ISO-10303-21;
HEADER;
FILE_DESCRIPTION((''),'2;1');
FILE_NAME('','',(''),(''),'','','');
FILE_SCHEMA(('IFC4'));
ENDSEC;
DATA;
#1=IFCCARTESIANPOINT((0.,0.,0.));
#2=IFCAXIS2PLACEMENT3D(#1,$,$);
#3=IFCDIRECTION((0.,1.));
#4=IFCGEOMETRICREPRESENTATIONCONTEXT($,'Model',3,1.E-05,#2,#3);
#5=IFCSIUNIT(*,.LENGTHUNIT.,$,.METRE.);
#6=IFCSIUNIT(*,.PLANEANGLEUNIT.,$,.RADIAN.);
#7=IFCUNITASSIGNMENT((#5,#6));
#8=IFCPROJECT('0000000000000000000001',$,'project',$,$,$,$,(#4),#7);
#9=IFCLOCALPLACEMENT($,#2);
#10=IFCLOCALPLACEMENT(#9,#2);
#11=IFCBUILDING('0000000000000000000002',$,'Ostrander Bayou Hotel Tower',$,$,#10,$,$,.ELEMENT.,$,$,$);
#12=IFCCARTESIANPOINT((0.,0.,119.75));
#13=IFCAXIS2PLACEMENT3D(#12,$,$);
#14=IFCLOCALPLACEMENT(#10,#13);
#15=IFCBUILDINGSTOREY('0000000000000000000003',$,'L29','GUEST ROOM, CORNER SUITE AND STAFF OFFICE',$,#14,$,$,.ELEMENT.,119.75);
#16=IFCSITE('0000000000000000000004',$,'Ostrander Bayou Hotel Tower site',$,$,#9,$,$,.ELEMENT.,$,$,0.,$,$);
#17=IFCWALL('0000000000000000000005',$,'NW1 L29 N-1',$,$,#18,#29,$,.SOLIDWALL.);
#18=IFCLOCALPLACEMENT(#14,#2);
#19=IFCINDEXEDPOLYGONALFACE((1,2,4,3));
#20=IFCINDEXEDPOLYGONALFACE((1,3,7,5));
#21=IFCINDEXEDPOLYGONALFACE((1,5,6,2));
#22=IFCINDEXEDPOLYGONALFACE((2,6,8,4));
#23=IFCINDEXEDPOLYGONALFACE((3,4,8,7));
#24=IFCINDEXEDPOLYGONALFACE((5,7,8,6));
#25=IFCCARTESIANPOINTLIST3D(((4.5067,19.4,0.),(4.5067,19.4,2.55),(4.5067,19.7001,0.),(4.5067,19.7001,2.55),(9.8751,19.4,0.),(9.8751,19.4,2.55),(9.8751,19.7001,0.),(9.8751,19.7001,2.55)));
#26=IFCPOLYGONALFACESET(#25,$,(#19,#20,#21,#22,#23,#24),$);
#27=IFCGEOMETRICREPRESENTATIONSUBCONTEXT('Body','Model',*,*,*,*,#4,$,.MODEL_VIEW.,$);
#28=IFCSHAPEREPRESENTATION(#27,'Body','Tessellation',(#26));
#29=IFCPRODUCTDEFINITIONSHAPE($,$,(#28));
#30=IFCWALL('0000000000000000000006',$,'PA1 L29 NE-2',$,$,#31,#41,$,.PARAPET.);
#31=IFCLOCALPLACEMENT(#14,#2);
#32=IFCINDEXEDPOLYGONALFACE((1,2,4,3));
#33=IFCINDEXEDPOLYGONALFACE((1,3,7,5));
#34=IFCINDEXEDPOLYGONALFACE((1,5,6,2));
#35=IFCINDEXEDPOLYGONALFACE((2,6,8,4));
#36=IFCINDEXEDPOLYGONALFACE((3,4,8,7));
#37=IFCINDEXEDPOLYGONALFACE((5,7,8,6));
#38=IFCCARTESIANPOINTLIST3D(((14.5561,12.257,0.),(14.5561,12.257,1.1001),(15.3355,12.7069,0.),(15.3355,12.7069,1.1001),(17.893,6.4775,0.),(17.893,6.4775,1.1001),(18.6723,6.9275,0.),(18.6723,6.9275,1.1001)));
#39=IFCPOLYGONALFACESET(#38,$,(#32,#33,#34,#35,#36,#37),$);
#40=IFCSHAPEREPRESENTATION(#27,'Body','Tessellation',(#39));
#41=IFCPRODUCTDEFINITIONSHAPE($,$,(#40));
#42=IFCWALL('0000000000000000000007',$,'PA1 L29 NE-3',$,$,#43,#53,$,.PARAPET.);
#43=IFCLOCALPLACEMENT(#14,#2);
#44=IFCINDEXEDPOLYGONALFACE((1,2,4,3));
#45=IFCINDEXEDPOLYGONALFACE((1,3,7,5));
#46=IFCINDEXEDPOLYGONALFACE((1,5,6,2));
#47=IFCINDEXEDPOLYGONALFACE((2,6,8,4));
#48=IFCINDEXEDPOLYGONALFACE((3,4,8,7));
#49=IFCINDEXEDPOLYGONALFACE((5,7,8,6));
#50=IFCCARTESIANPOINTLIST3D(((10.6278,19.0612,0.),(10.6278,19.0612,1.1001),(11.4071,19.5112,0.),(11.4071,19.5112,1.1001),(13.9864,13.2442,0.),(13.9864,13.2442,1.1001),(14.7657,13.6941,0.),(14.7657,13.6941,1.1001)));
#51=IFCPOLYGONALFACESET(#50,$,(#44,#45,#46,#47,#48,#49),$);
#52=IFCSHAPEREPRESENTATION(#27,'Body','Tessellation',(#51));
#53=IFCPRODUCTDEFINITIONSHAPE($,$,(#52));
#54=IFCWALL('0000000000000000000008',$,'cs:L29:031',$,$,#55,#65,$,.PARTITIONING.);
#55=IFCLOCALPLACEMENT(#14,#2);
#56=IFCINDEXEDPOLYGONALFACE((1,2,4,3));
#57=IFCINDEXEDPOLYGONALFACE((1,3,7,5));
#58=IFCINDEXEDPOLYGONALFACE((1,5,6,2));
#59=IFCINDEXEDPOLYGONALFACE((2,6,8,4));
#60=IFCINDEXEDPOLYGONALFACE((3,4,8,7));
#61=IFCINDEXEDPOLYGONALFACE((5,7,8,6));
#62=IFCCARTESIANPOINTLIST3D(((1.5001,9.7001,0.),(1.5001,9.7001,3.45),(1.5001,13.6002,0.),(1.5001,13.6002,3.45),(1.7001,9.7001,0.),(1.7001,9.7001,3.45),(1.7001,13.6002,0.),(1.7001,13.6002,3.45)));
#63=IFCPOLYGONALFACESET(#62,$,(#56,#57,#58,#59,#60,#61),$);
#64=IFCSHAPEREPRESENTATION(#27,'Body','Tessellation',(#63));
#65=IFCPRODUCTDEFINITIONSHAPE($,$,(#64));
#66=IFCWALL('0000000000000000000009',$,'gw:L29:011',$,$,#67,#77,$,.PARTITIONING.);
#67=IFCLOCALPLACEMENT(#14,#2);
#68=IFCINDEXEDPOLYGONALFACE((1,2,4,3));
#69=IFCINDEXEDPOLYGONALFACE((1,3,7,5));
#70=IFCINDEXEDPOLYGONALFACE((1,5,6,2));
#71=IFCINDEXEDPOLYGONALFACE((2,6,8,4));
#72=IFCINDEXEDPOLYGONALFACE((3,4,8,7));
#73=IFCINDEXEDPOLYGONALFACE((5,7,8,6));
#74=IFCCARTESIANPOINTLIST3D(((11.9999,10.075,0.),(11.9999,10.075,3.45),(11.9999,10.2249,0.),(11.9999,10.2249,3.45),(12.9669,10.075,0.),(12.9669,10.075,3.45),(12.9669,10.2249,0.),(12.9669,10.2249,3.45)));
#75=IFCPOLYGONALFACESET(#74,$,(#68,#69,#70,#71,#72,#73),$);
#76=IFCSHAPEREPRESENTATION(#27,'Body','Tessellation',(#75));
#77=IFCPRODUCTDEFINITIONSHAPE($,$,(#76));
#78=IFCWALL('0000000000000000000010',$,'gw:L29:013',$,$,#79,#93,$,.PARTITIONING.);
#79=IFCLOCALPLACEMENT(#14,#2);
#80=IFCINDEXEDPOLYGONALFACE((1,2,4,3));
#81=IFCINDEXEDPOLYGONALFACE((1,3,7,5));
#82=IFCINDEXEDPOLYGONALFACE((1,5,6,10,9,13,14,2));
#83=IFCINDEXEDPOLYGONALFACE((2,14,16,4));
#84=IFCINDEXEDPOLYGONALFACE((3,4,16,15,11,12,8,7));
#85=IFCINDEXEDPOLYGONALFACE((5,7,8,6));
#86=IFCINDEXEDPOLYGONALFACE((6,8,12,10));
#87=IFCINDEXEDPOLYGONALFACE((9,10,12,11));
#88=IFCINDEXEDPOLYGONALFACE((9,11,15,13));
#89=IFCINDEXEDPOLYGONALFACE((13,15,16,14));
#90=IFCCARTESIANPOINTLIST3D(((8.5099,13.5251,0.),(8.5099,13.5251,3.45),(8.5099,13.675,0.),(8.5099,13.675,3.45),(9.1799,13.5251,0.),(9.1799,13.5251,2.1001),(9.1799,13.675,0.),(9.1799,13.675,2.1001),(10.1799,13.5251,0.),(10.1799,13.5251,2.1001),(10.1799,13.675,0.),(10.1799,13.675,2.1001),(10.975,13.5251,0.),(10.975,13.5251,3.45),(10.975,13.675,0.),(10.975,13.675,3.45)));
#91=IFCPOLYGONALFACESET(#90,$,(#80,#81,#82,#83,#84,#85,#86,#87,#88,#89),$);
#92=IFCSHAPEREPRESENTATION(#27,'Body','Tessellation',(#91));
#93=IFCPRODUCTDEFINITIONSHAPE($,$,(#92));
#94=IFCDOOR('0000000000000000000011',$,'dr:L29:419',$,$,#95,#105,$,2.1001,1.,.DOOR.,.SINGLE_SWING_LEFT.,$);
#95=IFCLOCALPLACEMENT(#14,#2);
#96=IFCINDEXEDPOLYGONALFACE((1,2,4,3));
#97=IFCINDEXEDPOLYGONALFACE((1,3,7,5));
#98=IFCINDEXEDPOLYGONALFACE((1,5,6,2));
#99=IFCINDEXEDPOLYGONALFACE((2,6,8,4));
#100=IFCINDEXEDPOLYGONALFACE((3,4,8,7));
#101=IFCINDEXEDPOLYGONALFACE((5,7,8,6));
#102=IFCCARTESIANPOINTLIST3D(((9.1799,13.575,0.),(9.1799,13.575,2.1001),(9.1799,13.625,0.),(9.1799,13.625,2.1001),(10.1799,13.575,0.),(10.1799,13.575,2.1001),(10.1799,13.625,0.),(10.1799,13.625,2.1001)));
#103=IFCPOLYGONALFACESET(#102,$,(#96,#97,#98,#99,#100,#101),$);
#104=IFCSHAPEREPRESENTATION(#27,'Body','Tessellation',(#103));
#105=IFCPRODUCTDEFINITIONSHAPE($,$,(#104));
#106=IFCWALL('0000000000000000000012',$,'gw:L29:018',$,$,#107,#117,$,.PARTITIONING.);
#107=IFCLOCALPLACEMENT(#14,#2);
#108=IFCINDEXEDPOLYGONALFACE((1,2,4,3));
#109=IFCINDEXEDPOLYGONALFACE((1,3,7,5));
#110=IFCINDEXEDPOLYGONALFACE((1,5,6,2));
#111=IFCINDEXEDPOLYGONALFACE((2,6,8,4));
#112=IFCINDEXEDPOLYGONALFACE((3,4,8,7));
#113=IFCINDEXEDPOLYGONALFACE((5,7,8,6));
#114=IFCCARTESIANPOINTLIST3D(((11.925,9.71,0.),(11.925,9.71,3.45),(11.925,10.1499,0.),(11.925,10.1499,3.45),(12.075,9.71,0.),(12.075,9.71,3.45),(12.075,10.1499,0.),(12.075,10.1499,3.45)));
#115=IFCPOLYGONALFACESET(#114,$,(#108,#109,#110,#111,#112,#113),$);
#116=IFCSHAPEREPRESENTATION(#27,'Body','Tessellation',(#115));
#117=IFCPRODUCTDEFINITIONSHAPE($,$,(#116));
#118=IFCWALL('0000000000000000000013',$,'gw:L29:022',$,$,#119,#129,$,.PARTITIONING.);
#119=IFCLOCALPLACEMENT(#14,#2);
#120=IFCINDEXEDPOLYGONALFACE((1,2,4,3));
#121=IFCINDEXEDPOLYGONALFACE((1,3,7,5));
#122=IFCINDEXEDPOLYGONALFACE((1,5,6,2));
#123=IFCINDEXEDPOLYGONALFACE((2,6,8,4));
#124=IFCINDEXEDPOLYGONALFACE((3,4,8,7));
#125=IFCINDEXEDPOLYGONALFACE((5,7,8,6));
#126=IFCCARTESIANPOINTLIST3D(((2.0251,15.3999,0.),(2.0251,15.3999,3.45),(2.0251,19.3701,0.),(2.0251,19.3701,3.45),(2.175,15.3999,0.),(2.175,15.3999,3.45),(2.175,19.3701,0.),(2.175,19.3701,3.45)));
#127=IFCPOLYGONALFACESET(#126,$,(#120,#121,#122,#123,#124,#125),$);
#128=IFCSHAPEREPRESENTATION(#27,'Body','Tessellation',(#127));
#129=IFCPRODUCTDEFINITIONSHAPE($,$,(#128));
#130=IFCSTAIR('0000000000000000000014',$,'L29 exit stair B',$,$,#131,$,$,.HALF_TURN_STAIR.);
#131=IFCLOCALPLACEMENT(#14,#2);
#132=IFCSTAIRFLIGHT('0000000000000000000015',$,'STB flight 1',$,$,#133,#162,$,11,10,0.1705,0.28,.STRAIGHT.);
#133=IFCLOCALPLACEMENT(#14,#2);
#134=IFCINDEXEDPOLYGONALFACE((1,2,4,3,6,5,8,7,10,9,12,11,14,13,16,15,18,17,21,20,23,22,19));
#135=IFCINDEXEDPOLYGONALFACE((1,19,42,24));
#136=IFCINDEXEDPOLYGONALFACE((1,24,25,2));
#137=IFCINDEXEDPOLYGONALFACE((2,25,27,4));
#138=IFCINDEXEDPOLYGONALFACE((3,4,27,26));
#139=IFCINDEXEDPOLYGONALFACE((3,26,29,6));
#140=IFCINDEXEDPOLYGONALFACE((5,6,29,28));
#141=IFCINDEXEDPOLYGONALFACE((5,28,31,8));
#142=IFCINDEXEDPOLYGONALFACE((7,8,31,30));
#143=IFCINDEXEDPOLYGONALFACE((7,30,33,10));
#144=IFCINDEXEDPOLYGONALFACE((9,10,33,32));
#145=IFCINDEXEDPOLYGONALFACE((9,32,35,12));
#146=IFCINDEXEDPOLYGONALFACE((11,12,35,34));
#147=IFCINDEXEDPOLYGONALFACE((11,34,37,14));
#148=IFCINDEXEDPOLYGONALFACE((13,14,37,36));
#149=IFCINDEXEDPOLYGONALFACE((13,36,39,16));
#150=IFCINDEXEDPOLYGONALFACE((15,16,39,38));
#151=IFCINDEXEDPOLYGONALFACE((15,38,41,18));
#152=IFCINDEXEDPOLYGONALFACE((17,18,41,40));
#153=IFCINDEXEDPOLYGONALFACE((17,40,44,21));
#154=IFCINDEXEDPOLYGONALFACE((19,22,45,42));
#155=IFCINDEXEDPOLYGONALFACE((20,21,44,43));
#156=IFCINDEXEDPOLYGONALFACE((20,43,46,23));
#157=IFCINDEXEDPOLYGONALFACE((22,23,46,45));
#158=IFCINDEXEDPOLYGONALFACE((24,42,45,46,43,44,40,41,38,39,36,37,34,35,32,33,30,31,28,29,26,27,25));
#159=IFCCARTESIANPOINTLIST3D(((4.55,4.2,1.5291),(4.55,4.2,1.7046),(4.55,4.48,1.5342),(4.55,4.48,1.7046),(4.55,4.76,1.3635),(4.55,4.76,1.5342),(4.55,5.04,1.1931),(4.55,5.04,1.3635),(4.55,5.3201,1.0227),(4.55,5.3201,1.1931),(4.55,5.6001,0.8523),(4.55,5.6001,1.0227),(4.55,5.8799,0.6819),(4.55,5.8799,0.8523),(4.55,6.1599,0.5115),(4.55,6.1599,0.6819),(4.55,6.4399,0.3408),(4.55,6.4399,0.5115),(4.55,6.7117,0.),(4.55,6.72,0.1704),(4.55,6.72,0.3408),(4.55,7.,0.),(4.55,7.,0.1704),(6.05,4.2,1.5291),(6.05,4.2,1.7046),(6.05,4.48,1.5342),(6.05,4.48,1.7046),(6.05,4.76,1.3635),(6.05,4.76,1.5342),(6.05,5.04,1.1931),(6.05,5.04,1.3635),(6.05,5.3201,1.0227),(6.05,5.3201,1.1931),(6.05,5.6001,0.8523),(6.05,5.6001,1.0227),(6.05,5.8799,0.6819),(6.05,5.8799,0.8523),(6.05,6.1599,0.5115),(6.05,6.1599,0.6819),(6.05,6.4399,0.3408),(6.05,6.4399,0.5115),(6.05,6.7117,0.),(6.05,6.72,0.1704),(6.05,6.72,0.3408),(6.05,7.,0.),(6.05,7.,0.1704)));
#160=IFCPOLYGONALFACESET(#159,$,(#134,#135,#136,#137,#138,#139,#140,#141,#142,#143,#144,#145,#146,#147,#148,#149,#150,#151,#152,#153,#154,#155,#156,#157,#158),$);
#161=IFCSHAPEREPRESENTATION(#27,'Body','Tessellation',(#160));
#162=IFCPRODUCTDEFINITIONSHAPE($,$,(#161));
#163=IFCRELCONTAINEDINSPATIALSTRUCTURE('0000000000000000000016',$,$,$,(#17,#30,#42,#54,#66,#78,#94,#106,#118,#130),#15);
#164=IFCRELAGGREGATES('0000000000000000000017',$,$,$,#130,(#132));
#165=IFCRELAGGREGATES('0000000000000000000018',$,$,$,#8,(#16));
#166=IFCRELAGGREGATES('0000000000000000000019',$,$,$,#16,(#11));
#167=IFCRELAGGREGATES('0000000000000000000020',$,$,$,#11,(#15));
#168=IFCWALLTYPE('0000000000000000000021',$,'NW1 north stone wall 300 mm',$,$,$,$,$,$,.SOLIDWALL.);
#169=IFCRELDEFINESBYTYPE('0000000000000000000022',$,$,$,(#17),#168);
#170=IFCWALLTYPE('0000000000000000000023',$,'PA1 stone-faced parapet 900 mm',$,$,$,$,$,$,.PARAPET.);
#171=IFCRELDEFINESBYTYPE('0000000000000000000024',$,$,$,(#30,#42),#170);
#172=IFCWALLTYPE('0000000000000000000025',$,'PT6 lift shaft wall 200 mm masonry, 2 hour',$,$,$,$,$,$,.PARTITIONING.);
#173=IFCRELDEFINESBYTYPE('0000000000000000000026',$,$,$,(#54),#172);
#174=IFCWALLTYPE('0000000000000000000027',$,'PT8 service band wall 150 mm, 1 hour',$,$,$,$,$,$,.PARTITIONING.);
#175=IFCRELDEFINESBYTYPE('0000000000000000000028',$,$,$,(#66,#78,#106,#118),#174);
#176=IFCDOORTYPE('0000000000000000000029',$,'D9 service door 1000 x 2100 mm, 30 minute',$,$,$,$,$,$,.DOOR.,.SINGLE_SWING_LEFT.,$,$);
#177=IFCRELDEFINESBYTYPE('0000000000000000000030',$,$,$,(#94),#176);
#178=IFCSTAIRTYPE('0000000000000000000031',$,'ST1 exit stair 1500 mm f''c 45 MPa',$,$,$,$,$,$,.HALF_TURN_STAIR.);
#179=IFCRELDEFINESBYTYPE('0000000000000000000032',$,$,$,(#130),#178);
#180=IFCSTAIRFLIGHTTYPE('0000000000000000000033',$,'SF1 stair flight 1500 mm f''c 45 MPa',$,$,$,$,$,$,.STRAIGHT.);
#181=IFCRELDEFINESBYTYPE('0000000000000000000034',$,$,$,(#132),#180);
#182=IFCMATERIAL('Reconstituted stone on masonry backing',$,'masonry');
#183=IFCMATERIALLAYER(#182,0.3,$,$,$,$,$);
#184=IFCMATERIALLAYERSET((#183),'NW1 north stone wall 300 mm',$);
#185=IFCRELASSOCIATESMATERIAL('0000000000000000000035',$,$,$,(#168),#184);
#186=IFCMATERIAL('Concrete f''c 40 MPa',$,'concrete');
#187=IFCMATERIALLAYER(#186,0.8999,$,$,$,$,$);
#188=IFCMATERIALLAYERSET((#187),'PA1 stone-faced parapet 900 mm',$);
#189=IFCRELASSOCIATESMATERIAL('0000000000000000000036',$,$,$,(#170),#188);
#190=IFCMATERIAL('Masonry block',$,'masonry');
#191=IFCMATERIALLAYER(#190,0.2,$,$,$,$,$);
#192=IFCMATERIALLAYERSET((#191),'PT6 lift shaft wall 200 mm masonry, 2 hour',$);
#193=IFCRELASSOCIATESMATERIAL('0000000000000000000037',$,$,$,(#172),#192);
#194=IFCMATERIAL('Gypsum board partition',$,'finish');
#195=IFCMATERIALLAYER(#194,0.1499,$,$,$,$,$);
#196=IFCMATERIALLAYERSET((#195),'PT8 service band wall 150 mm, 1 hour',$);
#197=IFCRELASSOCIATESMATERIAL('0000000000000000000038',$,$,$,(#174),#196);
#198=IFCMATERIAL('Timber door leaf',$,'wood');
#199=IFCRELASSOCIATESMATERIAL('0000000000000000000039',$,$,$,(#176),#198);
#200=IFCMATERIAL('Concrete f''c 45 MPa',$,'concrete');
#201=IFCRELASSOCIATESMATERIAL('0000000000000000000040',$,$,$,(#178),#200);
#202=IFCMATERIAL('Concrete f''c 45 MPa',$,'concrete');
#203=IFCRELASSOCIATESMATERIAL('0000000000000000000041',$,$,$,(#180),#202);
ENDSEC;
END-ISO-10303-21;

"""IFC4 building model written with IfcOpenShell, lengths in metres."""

from ifc_helpers import new_model, si_unit, direction, frame, frame_2d, origin, place, context, subcontext, project, spatial, polyline, rectangle, outline, extrude, material, layer, layer_set, type_object, element, fill, aggregate, save


model = new_model("IFC4")

# Units and contexts
model_context = context("Model", 3, precision=1e-05, world=origin(), true_north=direction((0.0, 1.0)))
body_context = subcontext(model_context, "Body", "Model", "MODEL_VIEW")
ifc_project = project(units=[si_unit("LENGTHUNIT", "METRE"), si_unit("PLANEANGLEUNIT", "RADIAN")], contexts=[model_context])

# Site, building, storey
site_placement = place(None, origin())
site = spatial("IfcSite", under=ifc_project, at=site_placement, Name="Ostrander Bayou Hotel Tower site", CompositionType="ELEMENT", RefElevation=0.0)
building_placement = place(site_placement, origin())
building = spatial("IfcBuilding", under=site, at=building_placement, Name="Ostrander Bayou Hotel Tower", CompositionType="ELEMENT")
storey_placement = place(building_placement, frame((0.0, 0.0, 119.75)))
storey = spatial("IfcBuildingStorey", under=building, at=storey_placement, Name="L29", Description="GUEST ROOM, CORNER SUITE AND STAFF OFFICE", CompositionType="ELEMENT", Elevation=119.75)

# Wall
ifc_material_1 = material(Name="Reconstituted stone on masonry backing", Category="masonry")
ifc_layer_1 = layer(ifc_material_1, 0.3)
ifc_layer_set_1 = layer_set([ifc_layer_1], Name="NW1 north stone wall 300 mm")
wall_type_1 = type_object("IfcWallType", Name="NW1 north stone wall 300 mm", PredefinedType="SOLIDWALL", material=ifc_layer_set_1)
wall_1_placement = place(storey_placement, frame((9.875, 19.55, 0.0), z_axis=(0.0, 0.0, 1.0), x_axis=(-1.0, 0.0, 0.0)))
element("IfcWall", 1, at=wall_1_placement, inside=storey, type_object=wall_type_1, Name="NW1 L29 N-1", PredefinedType="SOLIDWALL", context=body_context, shape_type="SweptSolid", body=[
    extrude(rectangle(XDim=5.3684, YDim=0.3, at=frame_2d((2.6841, 0.0))), origin(), (0.0, 0.0, 1.0), 2.55),
])

# Walls
ifc_material_2 = material(Name="Concrete f'c 40 MPa", Category="concrete")
ifc_layer_2 = layer(ifc_material_2, 0.8999)
ifc_layer_set_2 = layer_set([ifc_layer_2], Name="PA1 stone-faced parapet 900 mm")
wall_type_2 = type_object("IfcWallType", Name="PA1 stone-faced parapet 900 mm", PredefinedType="PARAPET", material=ifc_layer_set_2)
wall_2_placement = place(storey_placement, frame((18.2827, 6.7024, 0.0), z_axis=(0.0, 0.0, 1.0), x_axis=(-0.500011, 0.866019, 0.0)))
element("IfcWall", 2, at=wall_2_placement, inside=storey, type_object=wall_type_2, Name="PA1 L29 NE-2", PredefinedType="PARAPET", context=body_context, shape_type="SweptSolid", body=[
    extrude(rectangle(XDim=6.6736, YDim=0.8999, at=frame_2d((3.3369, 0.0))), origin(), (0.0, 0.0, 1.0), 1.1001),
])
wall_3_placement = place(storey_placement, frame((14.376, 13.4692, 0.0), z_axis=(0.0, 0.0, 1.0), x_axis=(-0.500013, 0.866018, 0.0)))
element("IfcWall", 3, at=wall_3_placement, inside=storey, type_object=wall_type_2, Name="PA1 L29 NE-3", PredefinedType="PARAPET", context=body_context, shape_type="SweptSolid", body=[
    extrude(rectangle(XDim=6.717, YDim=0.8999, at=frame_2d((3.3584, 0.0))), origin(), (0.0, 0.0, 1.0), 1.1001),
])

# Walls
ifc_material_3 = material(Name="Masonry block", Category="masonry")
ifc_layer_3 = layer(ifc_material_3, 0.2)
ifc_layer_set_3 = layer_set([ifc_layer_3], Name="PT6 lift shaft wall 200 mm masonry, 2 hour")
wall_type_3 = type_object("IfcWallType", Name="PT6 lift shaft wall 200 mm masonry, 2 hour", PredefinedType="PARTITIONING", material=ifc_layer_set_3)
wall_4_placement = place(storey_placement, frame((1.6001, 9.7, 0.0), z_axis=(0.0, 0.0, 1.0), x_axis=(0.0, 1.0, 0.0)))
element("IfcWall", 4, at=wall_4_placement, inside=storey, type_object=wall_type_3, Name="cs:L29:031", PredefinedType="PARTITIONING", context=body_context, shape_type="SweptSolid", body=[
    extrude(rectangle(XDim=3.9001, YDim=0.2, at=frame_2d((1.9502, 0.0))), origin(), (0.0, 0.0, 1.0), 3.45),
])
ifc_material_4 = material(Name="Gypsum board partition", Category="finish")
ifc_layer_4 = layer(ifc_material_4, 0.1499)
ifc_layer_set_4 = layer_set([ifc_layer_4], Name="PT8 service band wall 150 mm, 1 hour")
wall_type_4 = type_object("IfcWallType", Name="PT8 service band wall 150 mm, 1 hour", PredefinedType="PARTITIONING", material=ifc_layer_set_4)
wall_5_placement = place(storey_placement, frame((12.0, 10.1499, 0.0), z_axis=(0.0, 0.0, 1.0), x_axis=(1.0, 0.0, 0.0)))
element("IfcWall", 5, at=wall_5_placement, inside=storey, type_object=wall_type_4, Name="gw:L29:011", PredefinedType="PARTITIONING", context=body_context, shape_type="SweptSolid", body=[
    extrude(rectangle(XDim=0.967, YDim=0.1499, at=frame_2d((0.4834, 0.0))), origin(), (0.0, 0.0, 1.0), 3.45),
])

# Wall, opening, door
wall_6_placement = place(storey_placement, frame((8.51, 13.6001, 0.0), z_axis=(0.0, 0.0, 1.0), x_axis=(1.0, 0.0, 0.0)))
wall_6 = element("IfcWall", 6, at=wall_6_placement, inside=storey, type_object=wall_type_4, Name="gw:L29:013", PredefinedType="PARTITIONING", context=body_context, shape_type="SweptSolid", body=[
    extrude(rectangle(XDim=2.4651, YDim=0.1499, at=frame_2d((1.2324, 0.0))), origin(), (0.0, 0.0, 1.0), 3.45),
])
opening_1_placement = place(wall_6_placement, frame((0.6699, 0.0, 0.0)))
opening_1 = element("IfcOpeningElement", 7, at=opening_1_placement, cuts=wall_6, PredefinedType="OPENING", context=body_context, shape_type="SweptSolid", body=[
    extrude(rectangle(XDim=1.0, YDim=2.1001, at=frame_2d((0.5, 1.05))), frame((0.0, 0.075, 0.0), z_axis=(0.0, -1.0, 0.0), x_axis=(1.0, 0.0, 0.0)), (0.0, 0.0, 1.0), 0.1499),
])
ifc_material_5 = material(Name="Timber door leaf", Category="wood")
door_type_1 = type_object("IfcDoorType", Name="D9 service door 1000 x 2100 mm, 30 minute", OperationType="SINGLE_SWING_LEFT", PredefinedType="DOOR", material=ifc_material_5)
door_1_placement = place(opening_1_placement, origin())
door_1 = element("IfcDoor", 8, at=door_1_placement, inside=storey, type_object=door_type_1, Name="dr:L29:419", OperationType="SINGLE_SWING_LEFT", OverallHeight=2.1001, OverallWidth=1.0, PredefinedType="DOOR", context=body_context, shape_type="SweptSolid", body=[
    extrude(rectangle(XDim=1.0, YDim=2.1001, at=frame_2d((0.5, 1.05))), frame((0.0, 0.0249, 0.0), z_axis=(0.0, -1.0, 0.0), x_axis=(1.0, 0.0, 0.0)), (0.0, 0.0, 1.0), 0.05),
])
fill(opening_1, door_1)

# Walls
wall_7_placement = place(storey_placement, frame((12.0, 9.71, 0.0), z_axis=(0.0, 0.0, 1.0), x_axis=(0.0, 1.0, 0.0)))
element("IfcWall", 9, at=wall_7_placement, inside=storey, type_object=wall_type_4, Name="gw:L29:018", PredefinedType="PARTITIONING", context=body_context, shape_type="SweptSolid", body=[
    extrude(rectangle(XDim=0.4399, YDim=0.1499, at=frame_2d((0.22, 0.0))), origin(), (0.0, 0.0, 1.0), 3.45),
])
wall_8_placement = place(storey_placement, frame((2.1001, 15.3999, 0.0), z_axis=(0.0, 0.0, 1.0), x_axis=(0.0, 1.0, 0.0)))
element("IfcWall", 10, at=wall_8_placement, inside=storey, type_object=wall_type_4, Name="gw:L29:022", PredefinedType="PARTITIONING", context=body_context, shape_type="SweptSolid", body=[
    extrude(rectangle(XDim=3.9702, YDim=0.1499, at=frame_2d((1.9851, 0.0))), origin(), (0.0, 0.0, 1.0), 3.45),
])

# Stair, stair flight
ifc_material_6 = material(Name="Concrete f'c 45 MPa", Category="concrete")
stair_type = type_object("IfcStairType", Name="ST1 exit stair 1500 mm f'c 45 MPa", PredefinedType="HALF_TURN_STAIR", material=ifc_material_6)
stair_placement = place(storey_placement, origin())
stair = element("IfcStair", 11, at=stair_placement, inside=storey, type_object=stair_type, Name="L29 exit stair B", PredefinedType="HALF_TURN_STAIR")
ifc_material_7 = material(Name="Concrete f'c 45 MPa", Category="concrete")
stair_flight_type = type_object("IfcStairFlightType", Name="SF1 stair flight 1500 mm f'c 45 MPa", PredefinedType="STRAIGHT", material=ifc_material_7)
stair_flight_placement = place(storey_placement, frame((5.3, 7.0, 0.0), z_axis=(0.0, 0.0, 1.0), x_axis=(0.0, -1.0, 0.0)))
stair_flight = element("IfcStairFlight", 12, at=stair_flight_placement, type_object=stair_flight_type, Name="STB flight 1", NumberOfRisers=11, NumberOfTreads=10, PredefinedType="STRAIGHT", RiserHeight=0.1705, TreadLength=0.28, context=body_context, shape_type="SweptSolid", body=[
    extrude(outline(polyline([(0.0, 0.0), (0.0, 0.1704), (0.28, 0.1704), (0.28, 0.3408), (0.5601, 0.3408), (0.5601, 0.5115), (0.8401, 0.5115), (0.8401, 0.6819), (1.1201, 0.6819), (1.1201, 0.8523), (1.3999, 0.8523), (1.3999, 1.0227), (1.6799, 1.0227), (1.6799, 1.1931), (1.96, 1.1931), (1.96, 1.3635), (2.24, 1.3635), (2.24, 1.5342), (2.52, 1.5342), (2.52, 1.7046), (2.8, 1.7046), (2.8, 1.875), (2.8, 1.5291), (0.2883, 0.0), (0.0, 0.0)])), frame((0.0, 0.75, 0.0), z_axis=(0.0, -1.0, 0.0), x_axis=(1.0, 0.0, 0.0)), (0.0, 0.0, 1.0), 1.5),
])
aggregate(stair, [stair_flight])

save(model, "model.ifc")
